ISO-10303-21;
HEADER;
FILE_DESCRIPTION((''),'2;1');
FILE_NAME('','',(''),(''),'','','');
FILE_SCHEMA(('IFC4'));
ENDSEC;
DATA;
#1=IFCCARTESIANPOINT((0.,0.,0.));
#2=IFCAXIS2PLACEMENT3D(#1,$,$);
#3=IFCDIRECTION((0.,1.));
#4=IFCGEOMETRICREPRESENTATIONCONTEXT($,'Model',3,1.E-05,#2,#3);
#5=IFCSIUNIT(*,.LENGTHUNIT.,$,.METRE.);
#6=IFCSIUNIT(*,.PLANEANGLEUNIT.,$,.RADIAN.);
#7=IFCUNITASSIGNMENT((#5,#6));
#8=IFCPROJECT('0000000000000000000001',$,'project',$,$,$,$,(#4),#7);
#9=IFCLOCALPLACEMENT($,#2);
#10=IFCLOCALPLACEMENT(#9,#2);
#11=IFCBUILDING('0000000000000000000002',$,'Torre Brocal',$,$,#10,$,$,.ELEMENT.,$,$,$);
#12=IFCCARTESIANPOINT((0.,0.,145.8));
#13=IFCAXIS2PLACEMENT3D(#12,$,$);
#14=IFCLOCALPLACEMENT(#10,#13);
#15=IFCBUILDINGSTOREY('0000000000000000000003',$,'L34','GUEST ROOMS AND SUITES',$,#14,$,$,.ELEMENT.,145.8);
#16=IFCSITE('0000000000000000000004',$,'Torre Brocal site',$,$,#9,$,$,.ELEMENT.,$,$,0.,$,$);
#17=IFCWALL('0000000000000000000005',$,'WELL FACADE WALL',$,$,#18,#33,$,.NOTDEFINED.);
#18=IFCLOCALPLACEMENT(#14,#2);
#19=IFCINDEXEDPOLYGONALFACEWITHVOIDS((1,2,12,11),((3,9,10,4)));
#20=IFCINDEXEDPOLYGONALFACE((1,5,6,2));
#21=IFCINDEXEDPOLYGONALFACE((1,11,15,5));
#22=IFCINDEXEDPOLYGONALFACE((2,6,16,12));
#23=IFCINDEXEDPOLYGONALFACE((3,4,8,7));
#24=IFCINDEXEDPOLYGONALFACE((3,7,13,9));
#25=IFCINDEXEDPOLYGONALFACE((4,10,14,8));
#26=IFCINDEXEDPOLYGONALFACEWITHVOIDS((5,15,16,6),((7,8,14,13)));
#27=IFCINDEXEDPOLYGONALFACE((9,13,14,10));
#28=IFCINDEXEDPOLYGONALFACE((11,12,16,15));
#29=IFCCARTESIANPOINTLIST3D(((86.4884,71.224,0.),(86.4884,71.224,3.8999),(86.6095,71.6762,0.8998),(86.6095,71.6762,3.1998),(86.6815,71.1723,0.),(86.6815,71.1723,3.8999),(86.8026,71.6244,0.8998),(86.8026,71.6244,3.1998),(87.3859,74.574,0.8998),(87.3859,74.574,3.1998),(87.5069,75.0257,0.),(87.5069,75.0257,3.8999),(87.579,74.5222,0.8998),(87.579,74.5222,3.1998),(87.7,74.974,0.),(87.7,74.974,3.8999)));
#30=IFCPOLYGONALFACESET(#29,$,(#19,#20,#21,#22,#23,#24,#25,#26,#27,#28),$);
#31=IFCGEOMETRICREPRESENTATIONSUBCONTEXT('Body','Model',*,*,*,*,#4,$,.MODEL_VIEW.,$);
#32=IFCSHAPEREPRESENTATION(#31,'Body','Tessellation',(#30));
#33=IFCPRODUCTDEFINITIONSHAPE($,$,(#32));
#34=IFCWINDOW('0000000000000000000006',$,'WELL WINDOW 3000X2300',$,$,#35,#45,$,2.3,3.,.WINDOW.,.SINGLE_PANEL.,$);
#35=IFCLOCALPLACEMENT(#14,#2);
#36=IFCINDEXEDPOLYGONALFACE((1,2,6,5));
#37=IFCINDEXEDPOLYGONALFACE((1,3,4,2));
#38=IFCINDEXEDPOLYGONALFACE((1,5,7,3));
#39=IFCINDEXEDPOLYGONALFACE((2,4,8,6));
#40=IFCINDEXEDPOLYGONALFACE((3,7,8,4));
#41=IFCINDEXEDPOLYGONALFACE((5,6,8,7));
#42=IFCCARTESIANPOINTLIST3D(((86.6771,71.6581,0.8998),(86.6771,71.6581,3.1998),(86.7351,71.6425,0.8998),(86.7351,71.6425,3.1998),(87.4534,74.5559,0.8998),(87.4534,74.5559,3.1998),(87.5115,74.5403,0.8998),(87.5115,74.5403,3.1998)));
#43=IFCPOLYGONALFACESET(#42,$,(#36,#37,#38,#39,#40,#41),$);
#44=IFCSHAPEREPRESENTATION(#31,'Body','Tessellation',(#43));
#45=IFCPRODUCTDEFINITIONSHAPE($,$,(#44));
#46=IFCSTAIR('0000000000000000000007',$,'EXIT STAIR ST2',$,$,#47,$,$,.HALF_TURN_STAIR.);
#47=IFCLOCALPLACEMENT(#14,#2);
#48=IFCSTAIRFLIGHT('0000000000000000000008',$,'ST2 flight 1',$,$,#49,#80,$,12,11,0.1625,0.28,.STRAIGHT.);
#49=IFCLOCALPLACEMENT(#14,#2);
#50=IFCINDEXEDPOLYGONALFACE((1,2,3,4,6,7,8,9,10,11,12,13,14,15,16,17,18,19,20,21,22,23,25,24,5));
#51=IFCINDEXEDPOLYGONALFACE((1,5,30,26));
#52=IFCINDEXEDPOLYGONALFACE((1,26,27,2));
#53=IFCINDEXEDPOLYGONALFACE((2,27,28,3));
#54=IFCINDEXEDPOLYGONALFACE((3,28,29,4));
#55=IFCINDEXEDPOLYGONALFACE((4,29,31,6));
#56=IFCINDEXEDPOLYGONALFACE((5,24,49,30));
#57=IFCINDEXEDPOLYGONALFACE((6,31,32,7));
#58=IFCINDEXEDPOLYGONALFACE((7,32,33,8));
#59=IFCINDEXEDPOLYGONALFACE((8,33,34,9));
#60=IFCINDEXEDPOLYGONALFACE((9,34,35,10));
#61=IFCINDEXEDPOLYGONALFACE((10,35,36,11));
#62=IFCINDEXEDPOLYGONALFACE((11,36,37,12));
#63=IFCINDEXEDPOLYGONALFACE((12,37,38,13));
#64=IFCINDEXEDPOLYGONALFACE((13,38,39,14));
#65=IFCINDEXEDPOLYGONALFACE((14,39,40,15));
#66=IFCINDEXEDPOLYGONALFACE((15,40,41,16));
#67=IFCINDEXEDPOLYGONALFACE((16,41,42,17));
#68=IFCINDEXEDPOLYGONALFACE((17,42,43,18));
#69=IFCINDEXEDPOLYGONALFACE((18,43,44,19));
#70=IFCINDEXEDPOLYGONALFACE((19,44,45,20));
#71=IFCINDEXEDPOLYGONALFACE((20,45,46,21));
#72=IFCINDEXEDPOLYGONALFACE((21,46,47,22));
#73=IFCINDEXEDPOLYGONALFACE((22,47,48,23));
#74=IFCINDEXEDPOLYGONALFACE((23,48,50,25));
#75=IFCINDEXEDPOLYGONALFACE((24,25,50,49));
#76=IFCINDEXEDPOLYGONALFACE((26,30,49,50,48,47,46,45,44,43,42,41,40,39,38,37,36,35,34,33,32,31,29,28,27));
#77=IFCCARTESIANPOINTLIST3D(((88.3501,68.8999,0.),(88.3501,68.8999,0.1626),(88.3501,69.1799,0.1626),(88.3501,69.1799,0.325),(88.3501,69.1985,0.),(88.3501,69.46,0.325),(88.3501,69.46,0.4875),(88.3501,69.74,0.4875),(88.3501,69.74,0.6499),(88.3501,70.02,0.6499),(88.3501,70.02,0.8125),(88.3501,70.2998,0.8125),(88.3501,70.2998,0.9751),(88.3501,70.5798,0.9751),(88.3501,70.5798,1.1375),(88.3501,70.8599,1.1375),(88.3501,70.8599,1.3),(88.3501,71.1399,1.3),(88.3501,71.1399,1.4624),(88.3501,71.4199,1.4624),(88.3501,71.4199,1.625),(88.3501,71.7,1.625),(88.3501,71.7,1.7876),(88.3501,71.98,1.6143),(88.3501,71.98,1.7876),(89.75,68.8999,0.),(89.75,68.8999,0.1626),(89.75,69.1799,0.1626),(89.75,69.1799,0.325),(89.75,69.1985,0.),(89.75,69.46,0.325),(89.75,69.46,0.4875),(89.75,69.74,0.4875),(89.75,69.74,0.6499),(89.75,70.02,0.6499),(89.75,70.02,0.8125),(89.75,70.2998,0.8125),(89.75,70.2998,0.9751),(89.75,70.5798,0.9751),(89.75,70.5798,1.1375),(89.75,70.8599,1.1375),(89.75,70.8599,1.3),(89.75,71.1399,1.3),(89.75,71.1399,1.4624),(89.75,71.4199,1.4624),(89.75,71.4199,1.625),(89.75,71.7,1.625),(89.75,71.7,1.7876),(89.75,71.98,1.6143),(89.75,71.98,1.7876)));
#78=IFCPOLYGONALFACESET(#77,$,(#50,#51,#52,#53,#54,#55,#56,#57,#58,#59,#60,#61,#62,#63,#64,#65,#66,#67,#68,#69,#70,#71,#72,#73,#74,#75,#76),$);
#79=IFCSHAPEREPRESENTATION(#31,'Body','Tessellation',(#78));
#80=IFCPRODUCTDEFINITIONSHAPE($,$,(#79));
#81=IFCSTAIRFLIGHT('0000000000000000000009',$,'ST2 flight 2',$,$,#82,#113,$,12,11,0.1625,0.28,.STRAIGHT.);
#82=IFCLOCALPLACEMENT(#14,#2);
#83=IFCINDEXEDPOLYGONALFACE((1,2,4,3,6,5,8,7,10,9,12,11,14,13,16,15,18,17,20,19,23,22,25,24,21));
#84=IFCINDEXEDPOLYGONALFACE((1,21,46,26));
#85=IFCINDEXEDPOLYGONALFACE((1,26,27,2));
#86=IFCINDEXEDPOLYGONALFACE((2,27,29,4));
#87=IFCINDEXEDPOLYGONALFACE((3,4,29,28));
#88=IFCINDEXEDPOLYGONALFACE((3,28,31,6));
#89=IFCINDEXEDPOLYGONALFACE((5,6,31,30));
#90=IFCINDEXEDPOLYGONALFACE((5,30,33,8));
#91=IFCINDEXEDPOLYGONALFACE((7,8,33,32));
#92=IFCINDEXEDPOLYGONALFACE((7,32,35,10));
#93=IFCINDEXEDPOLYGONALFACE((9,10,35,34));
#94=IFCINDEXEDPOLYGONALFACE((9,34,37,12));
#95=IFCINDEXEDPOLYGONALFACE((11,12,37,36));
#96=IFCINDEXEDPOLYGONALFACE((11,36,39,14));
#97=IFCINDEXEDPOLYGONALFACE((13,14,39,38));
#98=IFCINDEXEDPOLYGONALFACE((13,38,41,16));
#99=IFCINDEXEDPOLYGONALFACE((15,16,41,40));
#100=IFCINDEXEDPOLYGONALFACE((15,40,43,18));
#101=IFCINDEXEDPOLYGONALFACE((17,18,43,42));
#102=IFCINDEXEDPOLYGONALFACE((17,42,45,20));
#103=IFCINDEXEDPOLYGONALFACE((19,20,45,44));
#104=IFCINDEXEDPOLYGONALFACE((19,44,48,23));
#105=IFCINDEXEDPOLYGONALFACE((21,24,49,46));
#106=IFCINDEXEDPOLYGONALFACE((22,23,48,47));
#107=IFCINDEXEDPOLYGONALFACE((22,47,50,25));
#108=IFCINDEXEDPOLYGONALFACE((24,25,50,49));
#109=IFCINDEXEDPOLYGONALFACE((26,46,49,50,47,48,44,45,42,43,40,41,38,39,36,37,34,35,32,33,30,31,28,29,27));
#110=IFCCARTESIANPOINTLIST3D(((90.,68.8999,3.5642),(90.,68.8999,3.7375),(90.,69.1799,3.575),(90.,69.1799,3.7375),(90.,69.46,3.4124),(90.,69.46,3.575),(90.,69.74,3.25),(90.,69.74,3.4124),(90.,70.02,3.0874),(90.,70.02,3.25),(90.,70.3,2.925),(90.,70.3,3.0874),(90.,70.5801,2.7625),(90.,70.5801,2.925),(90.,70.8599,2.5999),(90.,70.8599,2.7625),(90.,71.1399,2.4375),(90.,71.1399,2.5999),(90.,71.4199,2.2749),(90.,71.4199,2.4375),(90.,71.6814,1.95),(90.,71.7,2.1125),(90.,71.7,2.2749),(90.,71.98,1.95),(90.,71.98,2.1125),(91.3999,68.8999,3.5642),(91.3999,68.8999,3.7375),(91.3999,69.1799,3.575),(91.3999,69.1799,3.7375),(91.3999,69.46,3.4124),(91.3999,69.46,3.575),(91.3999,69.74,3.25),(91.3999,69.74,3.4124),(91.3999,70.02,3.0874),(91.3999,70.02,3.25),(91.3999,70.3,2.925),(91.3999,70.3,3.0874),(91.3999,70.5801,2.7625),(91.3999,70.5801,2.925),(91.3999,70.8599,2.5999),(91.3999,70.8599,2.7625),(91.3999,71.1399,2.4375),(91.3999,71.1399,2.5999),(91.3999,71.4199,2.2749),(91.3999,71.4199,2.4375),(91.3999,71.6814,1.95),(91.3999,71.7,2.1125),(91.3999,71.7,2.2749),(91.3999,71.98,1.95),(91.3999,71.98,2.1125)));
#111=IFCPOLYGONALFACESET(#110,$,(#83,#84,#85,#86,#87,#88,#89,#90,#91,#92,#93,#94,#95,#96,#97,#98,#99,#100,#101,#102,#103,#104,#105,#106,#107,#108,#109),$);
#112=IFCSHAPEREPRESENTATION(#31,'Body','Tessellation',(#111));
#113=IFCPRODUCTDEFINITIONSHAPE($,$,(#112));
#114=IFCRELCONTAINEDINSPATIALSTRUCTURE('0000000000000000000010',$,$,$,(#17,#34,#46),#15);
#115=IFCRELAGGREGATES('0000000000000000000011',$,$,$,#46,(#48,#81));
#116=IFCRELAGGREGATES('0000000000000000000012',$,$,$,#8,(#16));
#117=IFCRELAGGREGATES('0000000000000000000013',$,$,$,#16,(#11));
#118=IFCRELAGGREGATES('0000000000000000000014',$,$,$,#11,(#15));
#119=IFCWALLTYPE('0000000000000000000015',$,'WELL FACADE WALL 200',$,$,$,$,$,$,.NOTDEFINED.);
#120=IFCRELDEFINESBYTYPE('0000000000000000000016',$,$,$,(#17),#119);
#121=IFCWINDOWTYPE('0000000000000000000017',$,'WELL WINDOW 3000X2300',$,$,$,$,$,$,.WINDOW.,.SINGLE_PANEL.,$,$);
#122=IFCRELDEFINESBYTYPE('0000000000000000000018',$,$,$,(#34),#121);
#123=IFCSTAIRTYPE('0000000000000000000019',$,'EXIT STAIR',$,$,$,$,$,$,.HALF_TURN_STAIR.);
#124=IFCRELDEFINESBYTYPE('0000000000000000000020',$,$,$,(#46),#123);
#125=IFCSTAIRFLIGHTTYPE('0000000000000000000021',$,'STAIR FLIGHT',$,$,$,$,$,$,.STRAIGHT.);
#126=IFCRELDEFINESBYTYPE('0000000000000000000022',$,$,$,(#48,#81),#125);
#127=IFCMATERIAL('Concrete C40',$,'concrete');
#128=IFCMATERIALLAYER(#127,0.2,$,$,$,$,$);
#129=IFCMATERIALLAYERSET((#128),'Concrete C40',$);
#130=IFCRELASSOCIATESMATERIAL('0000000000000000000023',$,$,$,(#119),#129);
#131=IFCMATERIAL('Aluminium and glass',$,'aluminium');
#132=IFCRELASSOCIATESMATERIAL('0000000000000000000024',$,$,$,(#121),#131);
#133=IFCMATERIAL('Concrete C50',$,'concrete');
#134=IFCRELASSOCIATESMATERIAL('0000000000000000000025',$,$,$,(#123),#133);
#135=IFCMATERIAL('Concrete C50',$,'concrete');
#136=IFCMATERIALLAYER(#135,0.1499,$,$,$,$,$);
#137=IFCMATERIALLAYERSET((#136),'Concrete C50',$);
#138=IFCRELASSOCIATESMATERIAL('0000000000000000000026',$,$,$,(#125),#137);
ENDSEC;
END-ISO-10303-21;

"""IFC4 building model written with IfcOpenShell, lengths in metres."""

from ifc_helpers import new_model, si_unit, direction, frame, frame_2d, origin, place, context, subcontext, project, spatial, polyline, rectangle, outline, extrude, material, layer, layer_set, type_object, element, fill, aggregate, save


model = new_model("IFC4")

# Units and contexts
model_context = context("Model", 3, precision=1e-05, world=origin(), true_north=direction((0.0, 1.0)))
body_context = subcontext(model_context, "Body", "Model", "MODEL_VIEW")
ifc_project = project(units=[si_unit("LENGTHUNIT", "METRE"), si_unit("PLANEANGLEUNIT", "RADIAN")], contexts=[model_context])

# Site, building, storey
site_placement = place(None, origin())
site = spatial("IfcSite", under=ifc_project, at=site_placement, Name="Torre Brocal site", CompositionType="ELEMENT", RefElevation=0.0)
building_placement = place(site_placement, origin())
building = spatial("IfcBuilding", under=site, at=building_placement, Name="Torre Brocal", CompositionType="ELEMENT")
storey_placement = place(building_placement, frame((0.0, 0.0, 145.8)))
storey = spatial("IfcBuildingStorey", under=building, at=storey_placement, Name="L34", Description="GUEST ROOMS AND SUITES", CompositionType="ELEMENT", Elevation=145.8)

# Wall, opening, window
ifc_material_1 = material(Name="Concrete C40", Category="concrete")
ifc_layer_1 = layer(ifc_material_1, 0.2)
ifc_layer_set_1 = layer_set([ifc_layer_1], Name="Concrete C40")
wall_type_1 = type_object("IfcWallType", Name="WELL FACADE WALL 200", PredefinedType="NOTDEFINED", material=ifc_layer_set_1)
ifc_material_2 = material(Name="Aluminium and glass", Category="aluminium")
window_type = type_object("IfcWindowType", Name="WELL WINDOW 3000X2300", PartitioningType="SINGLE_PANEL", PredefinedType="WINDOW", material=ifc_material_2)
wall_1_placement = place(storey_placement, frame((86.585, 71.1982, 0.0), z_axis=(0.0, 0.0, 1.0), x_axis=(0.25879, 0.965934, 0.0)))
wall_1 = element("IfcWall", 1, at=wall_1_placement, inside=storey, type_object=wall_type_1, Name="WELL FACADE WALL", PredefinedType="NOTDEFINED", context=body_context, shape_type="SweptSolid", body=[
    extrude(rectangle(XDim=3.9358, YDim=0.2, at=frame_2d((1.9678, 0.0))), origin(), (0.0, 0.0, 1.0), 3.8999),
])
opening_1_placement = place(wall_1_placement, frame((0.468, 0.0, 0.8999)))
opening_1 = element("IfcOpeningElement", 2, at=opening_1_placement, cuts=wall_1, PredefinedType="OPENING", context=body_context, shape_type="SweptSolid", body=[
    extrude(rectangle(XDim=3.0, YDim=2.3, at=frame_2d((1.5, 1.1499))), frame((0.0, 0.1099, 0.0), z_axis=(0.0, -1.0, 0.0), x_axis=(1.0, 0.0, 0.0)), (0.0, 0.0, 1.0), 0.22),
])
window_1_placement = place(opening_1_placement, origin())
window_1 = element("IfcWindow", 3, at=window_1_placement, inside=storey, type_object=window_type, Name="WELL WINDOW 3000X2300", OverallHeight=2.3, OverallWidth=3.0, PartitioningType="SINGLE_PANEL", PredefinedType="WINDOW", context=body_context, shape_type="SweptSolid", body=[
    extrude(rectangle(XDim=3.0, YDim=2.3, at=frame_2d((1.5, 1.1499))), frame((0.0, 0.03, 0.0), z_axis=(0.0, -1.0, 0.0), x_axis=(1.0, 0.0, 0.0)), (0.0, 0.0, 1.0), 0.0601),
])
fill(opening_1, window_1)

# Stair, stair flights
ifc_material_3 = material(Name="Concrete C50", Category="concrete")
stair_type = type_object("IfcStairType", Name="EXIT STAIR", PredefinedType="HALF_TURN_STAIR", material=ifc_material_3)
stair_placement = place(storey_placement, origin())
stair = element("IfcStair", 4, at=stair_placement, inside=storey, type_object=stair_type, Name="EXIT STAIR ST2", PredefinedType="HALF_TURN_STAIR")
ifc_material_4 = material(Name="Concrete C50", Category="concrete")
ifc_layer_2 = layer(ifc_material_4, 0.1499)
ifc_layer_set_2 = layer_set([ifc_layer_2], Name="Concrete C50")
stair_flight_type = type_object("IfcStairFlightType", Name="STAIR FLIGHT", PredefinedType="STRAIGHT", material=ifc_layer_set_2)
stair_flight_1_placement = place(storey_placement, frame((89.05, 68.8999, 0.0), z_axis=(0.0, 0.0, 1.0), x_axis=(0.0, 1.0, 0.0)))
stair_flight_1 = element("IfcStairFlight", 5, at=stair_flight_1_placement, type_object=stair_flight_type, Name="ST2 flight 1", NumberOfRisers=12, NumberOfTreads=11, PredefinedType="STRAIGHT", RiserHeight=0.1625, TreadLength=0.28, context=body_context, shape_type="SweptSolid", body=[
    extrude(outline(polyline([(0.0, 0.0), (0.0, 0.1626), (0.28, 0.1626), (0.28, 0.325), (0.5601, 0.325), (0.5601, 0.4875), (0.8401, 0.4875), (0.8401, 0.6499), (1.1201, 0.6499), (1.1201, 0.8125), (1.3999, 0.8125), (1.3999, 0.9751), (1.6799, 0.9751), (1.6799, 1.1375), (1.96, 1.1375), (1.96, 1.3), (2.24, 1.3), (2.24, 1.4624), (2.52, 1.4624), (2.52, 1.625), (2.8, 1.625), (2.8, 1.7876), (3.0801, 1.7876), (3.0801, 1.95), (3.0801, 1.6143), (0.2986, 0.0), (0.0, 0.0)])), frame((0.0, 0.7, 0.0), z_axis=(0.0, -1.0, 0.0), x_axis=(1.0, 0.0, 0.0)), (0.0, 0.0, 1.0), 1.3999),
])
stair_flight_2_placement = place(storey_placement, frame((90.7, 71.98, 1.95), z_axis=(0.0, 0.0, 1.0), x_axis=(0.0, -1.0, 0.0)))
stair_flight_2 = element("IfcStairFlight", 6, at=stair_flight_2_placement, type_object=stair_flight_type, Name="ST2 flight 2", NumberOfRisers=12, NumberOfTreads=11, PredefinedType="STRAIGHT", RiserHeight=0.1625, TreadLength=0.28, context=body_context, shape_type="SweptSolid", body=[
    extrude(outline(polyline([(0.0, 0.0), (0.0, 0.1626), (0.28, 0.1626), (0.28, 0.325), (0.5601, 0.325), (0.5601, 0.4875), (0.8401, 0.4875), (0.8401, 0.6499), (1.1201, 0.6499), (1.1201, 0.8125), (1.3999, 0.8125), (1.3999, 0.9751), (1.6799, 0.9751), (1.6799, 1.1375), (1.96, 1.1375), (1.96, 1.3), (2.24, 1.3), (2.24, 1.4624), (2.52, 1.4624), (2.52, 1.625), (2.8, 1.625), (2.8, 1.7876), (3.0801, 1.7876), (3.0801, 1.95), (3.0801, 1.6143), (0.2986, 0.0), (0.0, 0.0)])), frame((0.0, 0.7, 0.0), z_axis=(0.0, -1.0, 0.0), x_axis=(1.0, 0.0, 0.0)), (0.0, 0.0, 1.0), 1.3999),
])
aggregate(stair, [stair_flight_1, stair_flight_2])

save(model, "model.ifc")
